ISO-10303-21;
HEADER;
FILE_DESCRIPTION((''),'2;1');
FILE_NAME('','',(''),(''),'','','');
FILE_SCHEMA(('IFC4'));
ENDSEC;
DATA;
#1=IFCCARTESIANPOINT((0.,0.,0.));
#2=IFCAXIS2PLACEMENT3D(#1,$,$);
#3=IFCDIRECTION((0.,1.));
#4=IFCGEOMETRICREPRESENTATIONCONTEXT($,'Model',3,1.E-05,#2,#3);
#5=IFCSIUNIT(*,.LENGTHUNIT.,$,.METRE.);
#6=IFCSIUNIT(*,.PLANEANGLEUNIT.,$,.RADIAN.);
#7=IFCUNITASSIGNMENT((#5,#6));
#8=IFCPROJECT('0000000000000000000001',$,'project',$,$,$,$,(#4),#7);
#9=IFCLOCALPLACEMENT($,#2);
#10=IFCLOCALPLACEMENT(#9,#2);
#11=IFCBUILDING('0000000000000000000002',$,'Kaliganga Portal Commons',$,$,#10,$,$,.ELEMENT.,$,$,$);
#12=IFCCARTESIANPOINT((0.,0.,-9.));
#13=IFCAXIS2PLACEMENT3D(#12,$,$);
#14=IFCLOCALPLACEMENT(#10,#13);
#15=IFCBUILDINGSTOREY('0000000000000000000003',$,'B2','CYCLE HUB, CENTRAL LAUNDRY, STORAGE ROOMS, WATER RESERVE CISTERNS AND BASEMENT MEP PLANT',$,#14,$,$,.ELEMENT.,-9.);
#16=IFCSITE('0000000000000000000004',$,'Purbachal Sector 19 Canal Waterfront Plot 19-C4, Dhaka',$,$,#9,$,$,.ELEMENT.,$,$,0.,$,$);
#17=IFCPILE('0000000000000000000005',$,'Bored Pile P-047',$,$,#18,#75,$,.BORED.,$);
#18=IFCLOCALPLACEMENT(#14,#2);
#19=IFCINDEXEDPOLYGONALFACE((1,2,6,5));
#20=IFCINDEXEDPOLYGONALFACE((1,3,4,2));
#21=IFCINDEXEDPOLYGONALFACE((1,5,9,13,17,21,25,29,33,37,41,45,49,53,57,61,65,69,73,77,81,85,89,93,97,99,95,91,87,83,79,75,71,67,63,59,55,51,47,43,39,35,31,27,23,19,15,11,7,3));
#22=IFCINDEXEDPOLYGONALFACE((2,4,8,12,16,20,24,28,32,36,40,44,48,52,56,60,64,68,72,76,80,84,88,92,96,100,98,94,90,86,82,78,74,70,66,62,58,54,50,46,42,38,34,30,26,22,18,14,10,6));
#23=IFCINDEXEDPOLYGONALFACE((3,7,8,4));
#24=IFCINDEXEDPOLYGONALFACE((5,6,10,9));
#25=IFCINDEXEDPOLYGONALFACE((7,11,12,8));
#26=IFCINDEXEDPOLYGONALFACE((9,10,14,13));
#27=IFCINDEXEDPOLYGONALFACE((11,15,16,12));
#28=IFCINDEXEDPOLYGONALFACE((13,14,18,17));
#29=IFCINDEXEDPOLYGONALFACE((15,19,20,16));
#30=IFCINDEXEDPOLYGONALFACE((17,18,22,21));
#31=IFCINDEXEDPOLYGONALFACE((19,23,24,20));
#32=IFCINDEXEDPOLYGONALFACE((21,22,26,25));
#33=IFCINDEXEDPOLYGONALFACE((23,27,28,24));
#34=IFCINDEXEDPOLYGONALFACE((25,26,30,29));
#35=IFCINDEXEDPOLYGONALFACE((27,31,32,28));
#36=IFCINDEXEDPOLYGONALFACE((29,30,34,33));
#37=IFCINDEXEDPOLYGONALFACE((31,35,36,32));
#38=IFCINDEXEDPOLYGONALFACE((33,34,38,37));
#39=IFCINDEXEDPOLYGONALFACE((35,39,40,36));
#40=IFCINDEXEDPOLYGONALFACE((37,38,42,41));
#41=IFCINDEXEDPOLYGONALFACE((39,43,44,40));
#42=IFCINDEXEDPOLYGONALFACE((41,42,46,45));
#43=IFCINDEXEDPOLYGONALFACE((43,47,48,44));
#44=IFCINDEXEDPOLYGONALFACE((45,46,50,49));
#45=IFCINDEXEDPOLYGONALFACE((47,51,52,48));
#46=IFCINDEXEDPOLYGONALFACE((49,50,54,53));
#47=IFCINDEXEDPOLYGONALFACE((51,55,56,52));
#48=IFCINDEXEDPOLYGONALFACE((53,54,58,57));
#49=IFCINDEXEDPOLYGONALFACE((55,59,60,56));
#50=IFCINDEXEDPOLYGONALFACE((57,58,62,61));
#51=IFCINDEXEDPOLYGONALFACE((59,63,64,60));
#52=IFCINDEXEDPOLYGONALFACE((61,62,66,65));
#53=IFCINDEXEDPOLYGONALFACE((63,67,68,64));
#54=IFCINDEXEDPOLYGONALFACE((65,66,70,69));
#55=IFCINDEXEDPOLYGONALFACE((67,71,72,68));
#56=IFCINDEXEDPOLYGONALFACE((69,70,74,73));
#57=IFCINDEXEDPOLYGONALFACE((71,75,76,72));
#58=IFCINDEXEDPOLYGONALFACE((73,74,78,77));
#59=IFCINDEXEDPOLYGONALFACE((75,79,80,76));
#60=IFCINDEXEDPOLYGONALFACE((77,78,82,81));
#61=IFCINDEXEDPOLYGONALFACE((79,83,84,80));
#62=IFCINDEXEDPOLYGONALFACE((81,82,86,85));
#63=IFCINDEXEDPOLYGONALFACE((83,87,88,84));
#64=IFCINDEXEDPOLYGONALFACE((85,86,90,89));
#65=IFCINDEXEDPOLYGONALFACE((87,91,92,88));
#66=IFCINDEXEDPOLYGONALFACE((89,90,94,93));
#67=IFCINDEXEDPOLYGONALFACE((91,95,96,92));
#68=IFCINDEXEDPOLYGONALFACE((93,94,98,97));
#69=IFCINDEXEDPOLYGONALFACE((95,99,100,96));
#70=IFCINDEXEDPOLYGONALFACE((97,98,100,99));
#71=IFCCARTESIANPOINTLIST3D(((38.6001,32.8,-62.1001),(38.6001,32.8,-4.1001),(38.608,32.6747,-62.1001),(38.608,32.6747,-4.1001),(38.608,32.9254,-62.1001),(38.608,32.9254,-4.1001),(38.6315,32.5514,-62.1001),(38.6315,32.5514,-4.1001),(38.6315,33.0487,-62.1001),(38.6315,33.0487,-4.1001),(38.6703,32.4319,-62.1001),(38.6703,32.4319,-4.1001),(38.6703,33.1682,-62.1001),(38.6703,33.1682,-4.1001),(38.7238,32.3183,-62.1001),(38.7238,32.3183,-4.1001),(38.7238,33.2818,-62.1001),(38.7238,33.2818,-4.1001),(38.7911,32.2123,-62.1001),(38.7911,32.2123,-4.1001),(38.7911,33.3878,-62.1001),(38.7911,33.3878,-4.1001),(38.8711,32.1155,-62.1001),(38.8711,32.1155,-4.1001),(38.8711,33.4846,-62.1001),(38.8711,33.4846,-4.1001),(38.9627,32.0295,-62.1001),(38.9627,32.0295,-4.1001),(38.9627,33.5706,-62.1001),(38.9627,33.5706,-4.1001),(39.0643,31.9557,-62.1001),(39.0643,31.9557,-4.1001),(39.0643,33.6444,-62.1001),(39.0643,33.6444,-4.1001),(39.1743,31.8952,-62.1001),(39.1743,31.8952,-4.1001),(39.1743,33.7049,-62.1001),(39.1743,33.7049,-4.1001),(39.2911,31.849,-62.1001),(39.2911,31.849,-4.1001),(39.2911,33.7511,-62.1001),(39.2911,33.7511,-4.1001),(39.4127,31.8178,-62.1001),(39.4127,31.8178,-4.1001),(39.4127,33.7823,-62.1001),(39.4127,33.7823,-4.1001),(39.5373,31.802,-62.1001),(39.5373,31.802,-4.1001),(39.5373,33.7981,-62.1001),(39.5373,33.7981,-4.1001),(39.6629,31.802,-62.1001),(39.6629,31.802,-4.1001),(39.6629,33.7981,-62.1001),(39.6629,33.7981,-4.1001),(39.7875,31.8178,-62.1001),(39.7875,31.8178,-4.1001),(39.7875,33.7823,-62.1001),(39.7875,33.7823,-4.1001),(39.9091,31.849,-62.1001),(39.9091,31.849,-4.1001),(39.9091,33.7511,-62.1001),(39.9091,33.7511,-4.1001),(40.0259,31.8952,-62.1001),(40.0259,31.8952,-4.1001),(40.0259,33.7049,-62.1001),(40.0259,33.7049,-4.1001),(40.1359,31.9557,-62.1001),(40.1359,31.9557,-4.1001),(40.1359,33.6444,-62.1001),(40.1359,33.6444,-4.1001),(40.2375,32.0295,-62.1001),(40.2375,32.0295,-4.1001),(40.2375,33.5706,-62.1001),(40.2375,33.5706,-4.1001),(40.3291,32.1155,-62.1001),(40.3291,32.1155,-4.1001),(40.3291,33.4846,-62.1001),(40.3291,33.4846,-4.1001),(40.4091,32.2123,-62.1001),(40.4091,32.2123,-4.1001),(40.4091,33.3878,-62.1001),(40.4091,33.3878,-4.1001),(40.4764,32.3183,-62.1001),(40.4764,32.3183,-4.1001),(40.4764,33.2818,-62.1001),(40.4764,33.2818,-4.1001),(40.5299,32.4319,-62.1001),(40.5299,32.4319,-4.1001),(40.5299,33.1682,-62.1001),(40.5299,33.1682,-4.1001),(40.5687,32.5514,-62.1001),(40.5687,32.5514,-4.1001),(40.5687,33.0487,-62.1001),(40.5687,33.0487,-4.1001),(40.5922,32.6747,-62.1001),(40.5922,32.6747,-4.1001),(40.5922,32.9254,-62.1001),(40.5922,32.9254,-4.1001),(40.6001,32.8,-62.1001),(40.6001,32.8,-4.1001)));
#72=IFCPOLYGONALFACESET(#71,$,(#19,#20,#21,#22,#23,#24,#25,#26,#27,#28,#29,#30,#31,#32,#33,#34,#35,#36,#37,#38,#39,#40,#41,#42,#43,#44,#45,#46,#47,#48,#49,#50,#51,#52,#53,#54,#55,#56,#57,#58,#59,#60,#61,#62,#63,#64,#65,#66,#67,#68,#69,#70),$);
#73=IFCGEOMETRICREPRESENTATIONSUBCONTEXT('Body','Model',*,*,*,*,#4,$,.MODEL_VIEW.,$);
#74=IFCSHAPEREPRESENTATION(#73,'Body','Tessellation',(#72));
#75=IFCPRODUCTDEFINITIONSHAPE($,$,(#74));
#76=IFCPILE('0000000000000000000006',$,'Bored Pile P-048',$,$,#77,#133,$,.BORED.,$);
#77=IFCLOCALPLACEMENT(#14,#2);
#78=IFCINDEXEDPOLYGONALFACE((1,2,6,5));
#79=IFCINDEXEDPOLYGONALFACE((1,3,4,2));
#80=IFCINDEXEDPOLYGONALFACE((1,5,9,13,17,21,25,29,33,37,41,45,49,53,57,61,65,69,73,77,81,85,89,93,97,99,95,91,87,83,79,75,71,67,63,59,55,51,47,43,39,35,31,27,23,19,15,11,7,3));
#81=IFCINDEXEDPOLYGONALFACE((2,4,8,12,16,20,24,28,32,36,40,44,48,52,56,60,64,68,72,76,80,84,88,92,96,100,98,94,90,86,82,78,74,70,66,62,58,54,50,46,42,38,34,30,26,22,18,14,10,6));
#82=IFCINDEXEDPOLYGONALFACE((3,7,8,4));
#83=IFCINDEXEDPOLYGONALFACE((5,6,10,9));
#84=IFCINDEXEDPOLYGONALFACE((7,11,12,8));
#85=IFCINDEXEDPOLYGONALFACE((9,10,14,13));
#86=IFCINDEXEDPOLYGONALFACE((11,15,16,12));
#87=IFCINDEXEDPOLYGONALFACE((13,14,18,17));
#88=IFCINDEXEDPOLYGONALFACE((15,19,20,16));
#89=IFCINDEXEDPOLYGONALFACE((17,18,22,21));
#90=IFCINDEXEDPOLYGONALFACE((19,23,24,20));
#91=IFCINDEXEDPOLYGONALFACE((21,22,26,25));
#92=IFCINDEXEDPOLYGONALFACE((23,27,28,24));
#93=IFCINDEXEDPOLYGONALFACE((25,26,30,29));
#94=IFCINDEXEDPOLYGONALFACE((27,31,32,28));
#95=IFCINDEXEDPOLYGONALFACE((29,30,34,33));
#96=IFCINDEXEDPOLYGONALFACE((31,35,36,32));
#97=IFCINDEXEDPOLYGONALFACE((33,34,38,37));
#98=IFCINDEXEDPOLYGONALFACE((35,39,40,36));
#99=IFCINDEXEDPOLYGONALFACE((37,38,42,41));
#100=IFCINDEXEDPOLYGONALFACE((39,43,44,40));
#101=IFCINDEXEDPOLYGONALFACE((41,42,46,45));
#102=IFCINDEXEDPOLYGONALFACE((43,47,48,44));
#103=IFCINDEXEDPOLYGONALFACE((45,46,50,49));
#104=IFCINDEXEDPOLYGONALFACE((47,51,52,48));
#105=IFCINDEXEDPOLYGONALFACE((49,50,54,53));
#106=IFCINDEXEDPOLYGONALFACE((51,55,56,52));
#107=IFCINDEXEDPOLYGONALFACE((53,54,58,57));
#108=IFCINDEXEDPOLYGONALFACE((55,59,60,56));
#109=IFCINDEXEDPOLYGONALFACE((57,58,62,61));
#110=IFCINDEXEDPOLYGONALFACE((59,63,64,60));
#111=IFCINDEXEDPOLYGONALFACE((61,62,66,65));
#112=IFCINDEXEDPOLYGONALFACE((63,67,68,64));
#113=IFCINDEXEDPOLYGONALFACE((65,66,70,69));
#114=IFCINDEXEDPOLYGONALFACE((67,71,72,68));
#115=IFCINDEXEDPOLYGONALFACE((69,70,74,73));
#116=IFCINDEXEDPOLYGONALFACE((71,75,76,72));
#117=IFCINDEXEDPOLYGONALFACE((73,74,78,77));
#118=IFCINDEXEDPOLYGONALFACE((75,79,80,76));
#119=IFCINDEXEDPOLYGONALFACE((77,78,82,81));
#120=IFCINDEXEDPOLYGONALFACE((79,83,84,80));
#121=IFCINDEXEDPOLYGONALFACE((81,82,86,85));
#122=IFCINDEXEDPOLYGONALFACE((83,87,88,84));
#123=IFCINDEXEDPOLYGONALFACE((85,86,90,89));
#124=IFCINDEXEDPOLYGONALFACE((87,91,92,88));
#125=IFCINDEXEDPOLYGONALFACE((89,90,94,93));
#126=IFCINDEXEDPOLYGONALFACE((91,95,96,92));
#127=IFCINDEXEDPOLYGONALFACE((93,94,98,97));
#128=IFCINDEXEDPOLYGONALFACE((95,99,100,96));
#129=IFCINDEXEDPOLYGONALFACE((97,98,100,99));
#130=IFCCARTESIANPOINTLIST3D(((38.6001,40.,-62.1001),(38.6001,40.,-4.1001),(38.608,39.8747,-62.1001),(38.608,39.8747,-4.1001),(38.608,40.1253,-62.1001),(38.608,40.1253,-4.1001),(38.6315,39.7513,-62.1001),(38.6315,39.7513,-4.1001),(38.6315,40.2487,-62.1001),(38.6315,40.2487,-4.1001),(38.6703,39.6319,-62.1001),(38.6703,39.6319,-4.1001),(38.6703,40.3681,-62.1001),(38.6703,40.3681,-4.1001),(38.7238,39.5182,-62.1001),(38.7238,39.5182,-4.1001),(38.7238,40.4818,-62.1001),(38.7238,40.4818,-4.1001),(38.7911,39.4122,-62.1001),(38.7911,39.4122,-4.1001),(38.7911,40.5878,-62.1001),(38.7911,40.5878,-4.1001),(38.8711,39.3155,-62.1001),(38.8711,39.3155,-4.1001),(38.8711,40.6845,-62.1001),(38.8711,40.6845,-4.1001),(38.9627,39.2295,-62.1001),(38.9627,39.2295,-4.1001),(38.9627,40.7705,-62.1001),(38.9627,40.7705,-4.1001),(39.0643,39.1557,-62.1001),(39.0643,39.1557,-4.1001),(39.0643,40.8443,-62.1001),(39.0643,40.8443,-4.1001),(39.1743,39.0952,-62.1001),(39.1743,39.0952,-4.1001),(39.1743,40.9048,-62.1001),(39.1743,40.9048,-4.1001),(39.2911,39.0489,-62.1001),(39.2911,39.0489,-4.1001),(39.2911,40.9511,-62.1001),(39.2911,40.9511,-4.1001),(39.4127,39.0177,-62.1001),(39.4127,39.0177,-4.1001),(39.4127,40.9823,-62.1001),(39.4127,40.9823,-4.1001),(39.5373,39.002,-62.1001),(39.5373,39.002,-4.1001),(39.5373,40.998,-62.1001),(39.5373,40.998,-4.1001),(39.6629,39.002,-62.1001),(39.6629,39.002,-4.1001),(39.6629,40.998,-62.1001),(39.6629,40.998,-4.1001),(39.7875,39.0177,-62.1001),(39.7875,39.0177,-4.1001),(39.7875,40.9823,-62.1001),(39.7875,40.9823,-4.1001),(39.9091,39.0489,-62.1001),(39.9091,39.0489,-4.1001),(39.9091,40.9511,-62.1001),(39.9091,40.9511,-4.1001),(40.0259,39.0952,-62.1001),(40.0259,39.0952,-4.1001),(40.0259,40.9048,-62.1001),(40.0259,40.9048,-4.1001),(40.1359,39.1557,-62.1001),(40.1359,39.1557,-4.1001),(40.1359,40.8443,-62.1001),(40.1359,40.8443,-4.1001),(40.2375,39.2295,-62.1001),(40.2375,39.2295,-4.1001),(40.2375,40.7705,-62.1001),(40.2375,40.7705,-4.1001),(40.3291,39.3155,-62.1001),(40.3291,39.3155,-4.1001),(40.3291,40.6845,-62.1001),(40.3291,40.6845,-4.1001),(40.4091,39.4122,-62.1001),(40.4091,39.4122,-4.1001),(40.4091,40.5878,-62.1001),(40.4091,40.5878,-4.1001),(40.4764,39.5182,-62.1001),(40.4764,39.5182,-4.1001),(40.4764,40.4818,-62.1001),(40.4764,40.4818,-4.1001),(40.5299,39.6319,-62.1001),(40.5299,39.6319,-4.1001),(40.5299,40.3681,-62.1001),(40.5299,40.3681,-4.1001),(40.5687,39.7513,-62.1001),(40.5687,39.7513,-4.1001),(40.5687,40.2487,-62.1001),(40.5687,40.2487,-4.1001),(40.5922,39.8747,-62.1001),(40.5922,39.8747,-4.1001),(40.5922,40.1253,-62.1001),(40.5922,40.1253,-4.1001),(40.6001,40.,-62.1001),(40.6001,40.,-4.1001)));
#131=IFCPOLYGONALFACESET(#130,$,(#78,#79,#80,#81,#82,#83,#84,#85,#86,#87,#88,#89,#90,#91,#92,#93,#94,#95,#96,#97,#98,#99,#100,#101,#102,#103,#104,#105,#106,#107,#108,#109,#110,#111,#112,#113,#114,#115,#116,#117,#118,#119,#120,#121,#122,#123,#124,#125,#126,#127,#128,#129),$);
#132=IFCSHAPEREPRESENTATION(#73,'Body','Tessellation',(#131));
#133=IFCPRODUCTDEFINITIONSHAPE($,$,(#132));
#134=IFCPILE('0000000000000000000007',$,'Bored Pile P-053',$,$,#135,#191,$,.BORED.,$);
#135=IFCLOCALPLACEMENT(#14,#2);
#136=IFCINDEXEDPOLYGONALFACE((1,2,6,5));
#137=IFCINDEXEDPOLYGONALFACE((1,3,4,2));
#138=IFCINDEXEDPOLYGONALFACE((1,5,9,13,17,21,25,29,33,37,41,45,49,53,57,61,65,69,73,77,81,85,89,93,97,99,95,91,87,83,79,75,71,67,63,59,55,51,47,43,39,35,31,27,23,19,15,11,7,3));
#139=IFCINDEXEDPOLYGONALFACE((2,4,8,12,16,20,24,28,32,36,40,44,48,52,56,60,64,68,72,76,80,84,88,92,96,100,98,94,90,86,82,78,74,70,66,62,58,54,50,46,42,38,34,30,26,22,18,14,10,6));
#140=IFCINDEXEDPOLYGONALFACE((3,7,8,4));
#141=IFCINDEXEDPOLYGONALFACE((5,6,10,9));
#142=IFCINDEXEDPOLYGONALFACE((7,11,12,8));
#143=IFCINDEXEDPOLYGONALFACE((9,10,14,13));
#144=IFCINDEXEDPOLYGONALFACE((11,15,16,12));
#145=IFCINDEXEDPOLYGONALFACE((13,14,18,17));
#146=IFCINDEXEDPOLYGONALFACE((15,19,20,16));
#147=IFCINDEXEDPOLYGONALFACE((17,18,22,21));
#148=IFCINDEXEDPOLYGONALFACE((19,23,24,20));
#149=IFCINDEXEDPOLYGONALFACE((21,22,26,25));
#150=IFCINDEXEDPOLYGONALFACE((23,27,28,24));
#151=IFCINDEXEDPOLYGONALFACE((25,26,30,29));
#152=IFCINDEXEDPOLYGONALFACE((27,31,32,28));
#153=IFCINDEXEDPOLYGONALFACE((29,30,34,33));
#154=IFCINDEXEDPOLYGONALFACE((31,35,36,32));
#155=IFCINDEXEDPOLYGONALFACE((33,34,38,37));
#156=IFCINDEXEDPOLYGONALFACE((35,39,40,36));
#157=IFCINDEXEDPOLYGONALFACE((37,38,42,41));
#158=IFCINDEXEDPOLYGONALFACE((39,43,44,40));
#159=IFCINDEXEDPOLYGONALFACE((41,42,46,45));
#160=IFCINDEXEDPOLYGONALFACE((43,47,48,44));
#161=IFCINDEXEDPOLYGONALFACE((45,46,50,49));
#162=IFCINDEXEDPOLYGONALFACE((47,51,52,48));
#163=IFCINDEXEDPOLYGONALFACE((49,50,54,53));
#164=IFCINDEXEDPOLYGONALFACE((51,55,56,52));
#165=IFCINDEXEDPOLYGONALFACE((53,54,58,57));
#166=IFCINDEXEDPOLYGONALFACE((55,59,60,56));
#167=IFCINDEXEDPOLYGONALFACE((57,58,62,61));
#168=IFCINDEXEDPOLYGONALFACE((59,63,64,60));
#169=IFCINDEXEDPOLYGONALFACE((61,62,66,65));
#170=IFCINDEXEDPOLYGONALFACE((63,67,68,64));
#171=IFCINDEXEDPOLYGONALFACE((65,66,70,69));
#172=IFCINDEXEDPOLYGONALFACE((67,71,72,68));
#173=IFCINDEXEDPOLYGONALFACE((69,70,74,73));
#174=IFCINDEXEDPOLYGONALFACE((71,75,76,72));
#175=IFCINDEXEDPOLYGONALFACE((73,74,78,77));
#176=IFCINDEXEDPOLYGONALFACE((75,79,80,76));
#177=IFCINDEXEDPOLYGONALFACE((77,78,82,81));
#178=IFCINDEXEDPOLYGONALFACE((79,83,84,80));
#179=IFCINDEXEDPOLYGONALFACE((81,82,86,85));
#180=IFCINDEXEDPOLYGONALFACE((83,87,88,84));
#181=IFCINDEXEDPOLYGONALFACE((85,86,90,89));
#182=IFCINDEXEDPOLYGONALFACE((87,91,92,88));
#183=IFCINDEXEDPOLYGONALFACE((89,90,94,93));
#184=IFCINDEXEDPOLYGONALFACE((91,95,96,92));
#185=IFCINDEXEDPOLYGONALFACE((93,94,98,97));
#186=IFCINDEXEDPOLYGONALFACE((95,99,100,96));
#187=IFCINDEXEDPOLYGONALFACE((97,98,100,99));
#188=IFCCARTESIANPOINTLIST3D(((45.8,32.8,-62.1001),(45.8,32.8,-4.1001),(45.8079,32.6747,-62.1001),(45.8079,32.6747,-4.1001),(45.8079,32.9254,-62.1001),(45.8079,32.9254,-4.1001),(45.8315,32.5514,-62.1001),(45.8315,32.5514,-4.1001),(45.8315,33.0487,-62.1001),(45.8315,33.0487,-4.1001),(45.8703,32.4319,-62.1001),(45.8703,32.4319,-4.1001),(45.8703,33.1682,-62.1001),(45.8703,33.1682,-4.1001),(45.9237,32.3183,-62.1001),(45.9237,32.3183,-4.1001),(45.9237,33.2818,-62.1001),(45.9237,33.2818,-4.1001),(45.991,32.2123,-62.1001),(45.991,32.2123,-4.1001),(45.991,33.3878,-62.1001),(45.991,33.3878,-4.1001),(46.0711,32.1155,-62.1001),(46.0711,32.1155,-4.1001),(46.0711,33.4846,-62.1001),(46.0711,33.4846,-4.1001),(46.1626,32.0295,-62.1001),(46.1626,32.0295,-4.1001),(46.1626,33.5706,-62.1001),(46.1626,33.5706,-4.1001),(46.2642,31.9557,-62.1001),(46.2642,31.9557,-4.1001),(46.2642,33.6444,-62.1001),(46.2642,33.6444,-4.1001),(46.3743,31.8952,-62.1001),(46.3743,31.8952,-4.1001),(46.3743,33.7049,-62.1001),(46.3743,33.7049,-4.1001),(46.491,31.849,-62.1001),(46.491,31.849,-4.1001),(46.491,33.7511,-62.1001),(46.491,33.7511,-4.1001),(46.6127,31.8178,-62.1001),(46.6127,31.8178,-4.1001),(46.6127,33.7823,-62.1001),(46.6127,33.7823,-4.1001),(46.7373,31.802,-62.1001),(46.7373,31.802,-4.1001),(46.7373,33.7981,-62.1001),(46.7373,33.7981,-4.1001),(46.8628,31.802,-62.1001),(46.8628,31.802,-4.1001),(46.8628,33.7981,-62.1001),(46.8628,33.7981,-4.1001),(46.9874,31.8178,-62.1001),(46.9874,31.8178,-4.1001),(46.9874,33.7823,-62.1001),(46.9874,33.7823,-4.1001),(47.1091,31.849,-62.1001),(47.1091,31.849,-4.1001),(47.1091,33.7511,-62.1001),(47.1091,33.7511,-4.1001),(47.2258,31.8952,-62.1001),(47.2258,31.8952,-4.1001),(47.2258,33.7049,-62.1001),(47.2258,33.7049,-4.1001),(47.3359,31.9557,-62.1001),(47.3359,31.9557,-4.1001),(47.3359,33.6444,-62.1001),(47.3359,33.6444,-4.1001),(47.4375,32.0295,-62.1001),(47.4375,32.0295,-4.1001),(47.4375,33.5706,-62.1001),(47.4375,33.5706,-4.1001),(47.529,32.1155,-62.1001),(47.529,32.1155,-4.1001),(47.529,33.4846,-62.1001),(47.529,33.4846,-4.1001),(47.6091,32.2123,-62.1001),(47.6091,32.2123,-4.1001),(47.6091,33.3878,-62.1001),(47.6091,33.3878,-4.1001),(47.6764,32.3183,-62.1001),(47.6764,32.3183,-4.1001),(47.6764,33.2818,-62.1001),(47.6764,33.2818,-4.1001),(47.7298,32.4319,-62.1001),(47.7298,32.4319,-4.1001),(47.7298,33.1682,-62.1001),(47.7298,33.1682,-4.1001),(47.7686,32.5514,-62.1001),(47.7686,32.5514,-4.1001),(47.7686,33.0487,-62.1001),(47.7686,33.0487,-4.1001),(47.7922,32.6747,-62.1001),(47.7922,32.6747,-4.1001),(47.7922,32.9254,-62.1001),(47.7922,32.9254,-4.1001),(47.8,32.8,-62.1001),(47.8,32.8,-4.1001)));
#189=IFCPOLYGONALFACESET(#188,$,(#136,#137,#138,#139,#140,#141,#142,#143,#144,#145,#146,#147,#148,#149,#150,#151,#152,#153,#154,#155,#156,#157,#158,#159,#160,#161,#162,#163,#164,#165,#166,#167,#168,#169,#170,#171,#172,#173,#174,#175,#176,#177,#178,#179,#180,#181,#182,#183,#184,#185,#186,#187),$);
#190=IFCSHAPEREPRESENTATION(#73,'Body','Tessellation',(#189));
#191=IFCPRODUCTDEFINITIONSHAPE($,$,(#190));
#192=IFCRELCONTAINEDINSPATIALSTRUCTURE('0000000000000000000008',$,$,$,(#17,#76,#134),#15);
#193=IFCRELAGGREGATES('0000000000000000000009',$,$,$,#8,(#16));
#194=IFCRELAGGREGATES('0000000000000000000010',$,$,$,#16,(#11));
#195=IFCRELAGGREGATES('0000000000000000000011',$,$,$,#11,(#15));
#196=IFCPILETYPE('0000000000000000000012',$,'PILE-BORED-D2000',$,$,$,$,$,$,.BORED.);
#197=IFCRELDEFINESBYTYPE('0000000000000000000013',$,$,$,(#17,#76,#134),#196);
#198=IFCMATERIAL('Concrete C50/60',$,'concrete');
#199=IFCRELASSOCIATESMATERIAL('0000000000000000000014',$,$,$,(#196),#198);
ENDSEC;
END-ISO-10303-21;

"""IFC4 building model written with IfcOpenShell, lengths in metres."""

from ifc_helpers import new_model, si_unit, direction, frame, origin, origin_2d, place, context, subcontext, project, spatial, circle, extrude, material, material_profile, profile_set, type_object, element, save


model = new_model("IFC4")

# Units and contexts
model_context = context("Model", 3, precision=1e-05, world=origin(), true_north=direction((0.0, 1.0)))
body_context = subcontext(model_context, "Body", "Model", "MODEL_VIEW")
ifc_project = project(units=[si_unit("LENGTHUNIT", "METRE"), si_unit("PLANEANGLEUNIT", "RADIAN")], contexts=[model_context])

# Site, building, storey
site_placement = place(None, origin())
site = spatial("IfcSite", under=ifc_project, at=site_placement, Name="Purbachal Sector 19 Canal Waterfront Plot 19-C4, Dhaka", CompositionType="ELEMENT", RefElevation=0.0)
building_placement = place(site_placement, origin())
building = spatial("IfcBuilding", under=site, at=building_placement, Name="Kaliganga Portal Commons", CompositionType="ELEMENT")
storey_placement = place(building_placement, frame((0.0, 0.0, -9.0)))
storey = spatial("IfcBuildingStorey", under=building, at=storey_placement, Name="B2", Description="CYCLE HUB, CENTRAL LAUNDRY, STORAGE ROOMS, WATER RESERVE CISTERNS AND BASEMENT MEP PLANT", CompositionType="ELEMENT", Elevation=-9.0)

# Piles
ifc_material_1 = material(Name="Concrete C50/60", Category="concrete")
ifc_material_profile_1 = material_profile(ifc_material_1, circle(Radius=1.0, at=origin_2d()), Name="PILE D2000")
ifc_profile_set_1 = profile_set([ifc_material_profile_1], Name="Concrete C50/60")
pile_type = type_object("IfcPileType", Name="PILE-BORED-D2000", PredefinedType="BORED", material=ifc_profile_set_1)
for number, where, z_axis, x_axis, name in (
    (1, (39.6001, 32.8, -4.1001), (0.0, 0.0, -1.0), (1.0, 0.0, 0.0), "Bored Pile P-047"),
    (2, (39.6001, 40.0, -4.1001), (0.0, 0.0, -1.0), (1.0, 0.0, 0.0), "Bored Pile P-048"),
    (3, (46.8, 32.8, -4.1001), (0.0, 0.0, -1.0), (1.0, 0.0, 0.0), "Bored Pile P-053"),
):
    element("IfcPile", number, at=place(storey_placement, frame(where, z_axis=z_axis, x_axis=x_axis)), inside=storey, type_object=pile_type, Name=name, PredefinedType="BORED", context=body_context, shape_type="SweptSolid", body=[
        extrude(circle(Radius=1.0, at=origin_2d()), origin(), (0.0, 0.0, 1.0), 58.0),
    ])

save(model, "model.ifc")
